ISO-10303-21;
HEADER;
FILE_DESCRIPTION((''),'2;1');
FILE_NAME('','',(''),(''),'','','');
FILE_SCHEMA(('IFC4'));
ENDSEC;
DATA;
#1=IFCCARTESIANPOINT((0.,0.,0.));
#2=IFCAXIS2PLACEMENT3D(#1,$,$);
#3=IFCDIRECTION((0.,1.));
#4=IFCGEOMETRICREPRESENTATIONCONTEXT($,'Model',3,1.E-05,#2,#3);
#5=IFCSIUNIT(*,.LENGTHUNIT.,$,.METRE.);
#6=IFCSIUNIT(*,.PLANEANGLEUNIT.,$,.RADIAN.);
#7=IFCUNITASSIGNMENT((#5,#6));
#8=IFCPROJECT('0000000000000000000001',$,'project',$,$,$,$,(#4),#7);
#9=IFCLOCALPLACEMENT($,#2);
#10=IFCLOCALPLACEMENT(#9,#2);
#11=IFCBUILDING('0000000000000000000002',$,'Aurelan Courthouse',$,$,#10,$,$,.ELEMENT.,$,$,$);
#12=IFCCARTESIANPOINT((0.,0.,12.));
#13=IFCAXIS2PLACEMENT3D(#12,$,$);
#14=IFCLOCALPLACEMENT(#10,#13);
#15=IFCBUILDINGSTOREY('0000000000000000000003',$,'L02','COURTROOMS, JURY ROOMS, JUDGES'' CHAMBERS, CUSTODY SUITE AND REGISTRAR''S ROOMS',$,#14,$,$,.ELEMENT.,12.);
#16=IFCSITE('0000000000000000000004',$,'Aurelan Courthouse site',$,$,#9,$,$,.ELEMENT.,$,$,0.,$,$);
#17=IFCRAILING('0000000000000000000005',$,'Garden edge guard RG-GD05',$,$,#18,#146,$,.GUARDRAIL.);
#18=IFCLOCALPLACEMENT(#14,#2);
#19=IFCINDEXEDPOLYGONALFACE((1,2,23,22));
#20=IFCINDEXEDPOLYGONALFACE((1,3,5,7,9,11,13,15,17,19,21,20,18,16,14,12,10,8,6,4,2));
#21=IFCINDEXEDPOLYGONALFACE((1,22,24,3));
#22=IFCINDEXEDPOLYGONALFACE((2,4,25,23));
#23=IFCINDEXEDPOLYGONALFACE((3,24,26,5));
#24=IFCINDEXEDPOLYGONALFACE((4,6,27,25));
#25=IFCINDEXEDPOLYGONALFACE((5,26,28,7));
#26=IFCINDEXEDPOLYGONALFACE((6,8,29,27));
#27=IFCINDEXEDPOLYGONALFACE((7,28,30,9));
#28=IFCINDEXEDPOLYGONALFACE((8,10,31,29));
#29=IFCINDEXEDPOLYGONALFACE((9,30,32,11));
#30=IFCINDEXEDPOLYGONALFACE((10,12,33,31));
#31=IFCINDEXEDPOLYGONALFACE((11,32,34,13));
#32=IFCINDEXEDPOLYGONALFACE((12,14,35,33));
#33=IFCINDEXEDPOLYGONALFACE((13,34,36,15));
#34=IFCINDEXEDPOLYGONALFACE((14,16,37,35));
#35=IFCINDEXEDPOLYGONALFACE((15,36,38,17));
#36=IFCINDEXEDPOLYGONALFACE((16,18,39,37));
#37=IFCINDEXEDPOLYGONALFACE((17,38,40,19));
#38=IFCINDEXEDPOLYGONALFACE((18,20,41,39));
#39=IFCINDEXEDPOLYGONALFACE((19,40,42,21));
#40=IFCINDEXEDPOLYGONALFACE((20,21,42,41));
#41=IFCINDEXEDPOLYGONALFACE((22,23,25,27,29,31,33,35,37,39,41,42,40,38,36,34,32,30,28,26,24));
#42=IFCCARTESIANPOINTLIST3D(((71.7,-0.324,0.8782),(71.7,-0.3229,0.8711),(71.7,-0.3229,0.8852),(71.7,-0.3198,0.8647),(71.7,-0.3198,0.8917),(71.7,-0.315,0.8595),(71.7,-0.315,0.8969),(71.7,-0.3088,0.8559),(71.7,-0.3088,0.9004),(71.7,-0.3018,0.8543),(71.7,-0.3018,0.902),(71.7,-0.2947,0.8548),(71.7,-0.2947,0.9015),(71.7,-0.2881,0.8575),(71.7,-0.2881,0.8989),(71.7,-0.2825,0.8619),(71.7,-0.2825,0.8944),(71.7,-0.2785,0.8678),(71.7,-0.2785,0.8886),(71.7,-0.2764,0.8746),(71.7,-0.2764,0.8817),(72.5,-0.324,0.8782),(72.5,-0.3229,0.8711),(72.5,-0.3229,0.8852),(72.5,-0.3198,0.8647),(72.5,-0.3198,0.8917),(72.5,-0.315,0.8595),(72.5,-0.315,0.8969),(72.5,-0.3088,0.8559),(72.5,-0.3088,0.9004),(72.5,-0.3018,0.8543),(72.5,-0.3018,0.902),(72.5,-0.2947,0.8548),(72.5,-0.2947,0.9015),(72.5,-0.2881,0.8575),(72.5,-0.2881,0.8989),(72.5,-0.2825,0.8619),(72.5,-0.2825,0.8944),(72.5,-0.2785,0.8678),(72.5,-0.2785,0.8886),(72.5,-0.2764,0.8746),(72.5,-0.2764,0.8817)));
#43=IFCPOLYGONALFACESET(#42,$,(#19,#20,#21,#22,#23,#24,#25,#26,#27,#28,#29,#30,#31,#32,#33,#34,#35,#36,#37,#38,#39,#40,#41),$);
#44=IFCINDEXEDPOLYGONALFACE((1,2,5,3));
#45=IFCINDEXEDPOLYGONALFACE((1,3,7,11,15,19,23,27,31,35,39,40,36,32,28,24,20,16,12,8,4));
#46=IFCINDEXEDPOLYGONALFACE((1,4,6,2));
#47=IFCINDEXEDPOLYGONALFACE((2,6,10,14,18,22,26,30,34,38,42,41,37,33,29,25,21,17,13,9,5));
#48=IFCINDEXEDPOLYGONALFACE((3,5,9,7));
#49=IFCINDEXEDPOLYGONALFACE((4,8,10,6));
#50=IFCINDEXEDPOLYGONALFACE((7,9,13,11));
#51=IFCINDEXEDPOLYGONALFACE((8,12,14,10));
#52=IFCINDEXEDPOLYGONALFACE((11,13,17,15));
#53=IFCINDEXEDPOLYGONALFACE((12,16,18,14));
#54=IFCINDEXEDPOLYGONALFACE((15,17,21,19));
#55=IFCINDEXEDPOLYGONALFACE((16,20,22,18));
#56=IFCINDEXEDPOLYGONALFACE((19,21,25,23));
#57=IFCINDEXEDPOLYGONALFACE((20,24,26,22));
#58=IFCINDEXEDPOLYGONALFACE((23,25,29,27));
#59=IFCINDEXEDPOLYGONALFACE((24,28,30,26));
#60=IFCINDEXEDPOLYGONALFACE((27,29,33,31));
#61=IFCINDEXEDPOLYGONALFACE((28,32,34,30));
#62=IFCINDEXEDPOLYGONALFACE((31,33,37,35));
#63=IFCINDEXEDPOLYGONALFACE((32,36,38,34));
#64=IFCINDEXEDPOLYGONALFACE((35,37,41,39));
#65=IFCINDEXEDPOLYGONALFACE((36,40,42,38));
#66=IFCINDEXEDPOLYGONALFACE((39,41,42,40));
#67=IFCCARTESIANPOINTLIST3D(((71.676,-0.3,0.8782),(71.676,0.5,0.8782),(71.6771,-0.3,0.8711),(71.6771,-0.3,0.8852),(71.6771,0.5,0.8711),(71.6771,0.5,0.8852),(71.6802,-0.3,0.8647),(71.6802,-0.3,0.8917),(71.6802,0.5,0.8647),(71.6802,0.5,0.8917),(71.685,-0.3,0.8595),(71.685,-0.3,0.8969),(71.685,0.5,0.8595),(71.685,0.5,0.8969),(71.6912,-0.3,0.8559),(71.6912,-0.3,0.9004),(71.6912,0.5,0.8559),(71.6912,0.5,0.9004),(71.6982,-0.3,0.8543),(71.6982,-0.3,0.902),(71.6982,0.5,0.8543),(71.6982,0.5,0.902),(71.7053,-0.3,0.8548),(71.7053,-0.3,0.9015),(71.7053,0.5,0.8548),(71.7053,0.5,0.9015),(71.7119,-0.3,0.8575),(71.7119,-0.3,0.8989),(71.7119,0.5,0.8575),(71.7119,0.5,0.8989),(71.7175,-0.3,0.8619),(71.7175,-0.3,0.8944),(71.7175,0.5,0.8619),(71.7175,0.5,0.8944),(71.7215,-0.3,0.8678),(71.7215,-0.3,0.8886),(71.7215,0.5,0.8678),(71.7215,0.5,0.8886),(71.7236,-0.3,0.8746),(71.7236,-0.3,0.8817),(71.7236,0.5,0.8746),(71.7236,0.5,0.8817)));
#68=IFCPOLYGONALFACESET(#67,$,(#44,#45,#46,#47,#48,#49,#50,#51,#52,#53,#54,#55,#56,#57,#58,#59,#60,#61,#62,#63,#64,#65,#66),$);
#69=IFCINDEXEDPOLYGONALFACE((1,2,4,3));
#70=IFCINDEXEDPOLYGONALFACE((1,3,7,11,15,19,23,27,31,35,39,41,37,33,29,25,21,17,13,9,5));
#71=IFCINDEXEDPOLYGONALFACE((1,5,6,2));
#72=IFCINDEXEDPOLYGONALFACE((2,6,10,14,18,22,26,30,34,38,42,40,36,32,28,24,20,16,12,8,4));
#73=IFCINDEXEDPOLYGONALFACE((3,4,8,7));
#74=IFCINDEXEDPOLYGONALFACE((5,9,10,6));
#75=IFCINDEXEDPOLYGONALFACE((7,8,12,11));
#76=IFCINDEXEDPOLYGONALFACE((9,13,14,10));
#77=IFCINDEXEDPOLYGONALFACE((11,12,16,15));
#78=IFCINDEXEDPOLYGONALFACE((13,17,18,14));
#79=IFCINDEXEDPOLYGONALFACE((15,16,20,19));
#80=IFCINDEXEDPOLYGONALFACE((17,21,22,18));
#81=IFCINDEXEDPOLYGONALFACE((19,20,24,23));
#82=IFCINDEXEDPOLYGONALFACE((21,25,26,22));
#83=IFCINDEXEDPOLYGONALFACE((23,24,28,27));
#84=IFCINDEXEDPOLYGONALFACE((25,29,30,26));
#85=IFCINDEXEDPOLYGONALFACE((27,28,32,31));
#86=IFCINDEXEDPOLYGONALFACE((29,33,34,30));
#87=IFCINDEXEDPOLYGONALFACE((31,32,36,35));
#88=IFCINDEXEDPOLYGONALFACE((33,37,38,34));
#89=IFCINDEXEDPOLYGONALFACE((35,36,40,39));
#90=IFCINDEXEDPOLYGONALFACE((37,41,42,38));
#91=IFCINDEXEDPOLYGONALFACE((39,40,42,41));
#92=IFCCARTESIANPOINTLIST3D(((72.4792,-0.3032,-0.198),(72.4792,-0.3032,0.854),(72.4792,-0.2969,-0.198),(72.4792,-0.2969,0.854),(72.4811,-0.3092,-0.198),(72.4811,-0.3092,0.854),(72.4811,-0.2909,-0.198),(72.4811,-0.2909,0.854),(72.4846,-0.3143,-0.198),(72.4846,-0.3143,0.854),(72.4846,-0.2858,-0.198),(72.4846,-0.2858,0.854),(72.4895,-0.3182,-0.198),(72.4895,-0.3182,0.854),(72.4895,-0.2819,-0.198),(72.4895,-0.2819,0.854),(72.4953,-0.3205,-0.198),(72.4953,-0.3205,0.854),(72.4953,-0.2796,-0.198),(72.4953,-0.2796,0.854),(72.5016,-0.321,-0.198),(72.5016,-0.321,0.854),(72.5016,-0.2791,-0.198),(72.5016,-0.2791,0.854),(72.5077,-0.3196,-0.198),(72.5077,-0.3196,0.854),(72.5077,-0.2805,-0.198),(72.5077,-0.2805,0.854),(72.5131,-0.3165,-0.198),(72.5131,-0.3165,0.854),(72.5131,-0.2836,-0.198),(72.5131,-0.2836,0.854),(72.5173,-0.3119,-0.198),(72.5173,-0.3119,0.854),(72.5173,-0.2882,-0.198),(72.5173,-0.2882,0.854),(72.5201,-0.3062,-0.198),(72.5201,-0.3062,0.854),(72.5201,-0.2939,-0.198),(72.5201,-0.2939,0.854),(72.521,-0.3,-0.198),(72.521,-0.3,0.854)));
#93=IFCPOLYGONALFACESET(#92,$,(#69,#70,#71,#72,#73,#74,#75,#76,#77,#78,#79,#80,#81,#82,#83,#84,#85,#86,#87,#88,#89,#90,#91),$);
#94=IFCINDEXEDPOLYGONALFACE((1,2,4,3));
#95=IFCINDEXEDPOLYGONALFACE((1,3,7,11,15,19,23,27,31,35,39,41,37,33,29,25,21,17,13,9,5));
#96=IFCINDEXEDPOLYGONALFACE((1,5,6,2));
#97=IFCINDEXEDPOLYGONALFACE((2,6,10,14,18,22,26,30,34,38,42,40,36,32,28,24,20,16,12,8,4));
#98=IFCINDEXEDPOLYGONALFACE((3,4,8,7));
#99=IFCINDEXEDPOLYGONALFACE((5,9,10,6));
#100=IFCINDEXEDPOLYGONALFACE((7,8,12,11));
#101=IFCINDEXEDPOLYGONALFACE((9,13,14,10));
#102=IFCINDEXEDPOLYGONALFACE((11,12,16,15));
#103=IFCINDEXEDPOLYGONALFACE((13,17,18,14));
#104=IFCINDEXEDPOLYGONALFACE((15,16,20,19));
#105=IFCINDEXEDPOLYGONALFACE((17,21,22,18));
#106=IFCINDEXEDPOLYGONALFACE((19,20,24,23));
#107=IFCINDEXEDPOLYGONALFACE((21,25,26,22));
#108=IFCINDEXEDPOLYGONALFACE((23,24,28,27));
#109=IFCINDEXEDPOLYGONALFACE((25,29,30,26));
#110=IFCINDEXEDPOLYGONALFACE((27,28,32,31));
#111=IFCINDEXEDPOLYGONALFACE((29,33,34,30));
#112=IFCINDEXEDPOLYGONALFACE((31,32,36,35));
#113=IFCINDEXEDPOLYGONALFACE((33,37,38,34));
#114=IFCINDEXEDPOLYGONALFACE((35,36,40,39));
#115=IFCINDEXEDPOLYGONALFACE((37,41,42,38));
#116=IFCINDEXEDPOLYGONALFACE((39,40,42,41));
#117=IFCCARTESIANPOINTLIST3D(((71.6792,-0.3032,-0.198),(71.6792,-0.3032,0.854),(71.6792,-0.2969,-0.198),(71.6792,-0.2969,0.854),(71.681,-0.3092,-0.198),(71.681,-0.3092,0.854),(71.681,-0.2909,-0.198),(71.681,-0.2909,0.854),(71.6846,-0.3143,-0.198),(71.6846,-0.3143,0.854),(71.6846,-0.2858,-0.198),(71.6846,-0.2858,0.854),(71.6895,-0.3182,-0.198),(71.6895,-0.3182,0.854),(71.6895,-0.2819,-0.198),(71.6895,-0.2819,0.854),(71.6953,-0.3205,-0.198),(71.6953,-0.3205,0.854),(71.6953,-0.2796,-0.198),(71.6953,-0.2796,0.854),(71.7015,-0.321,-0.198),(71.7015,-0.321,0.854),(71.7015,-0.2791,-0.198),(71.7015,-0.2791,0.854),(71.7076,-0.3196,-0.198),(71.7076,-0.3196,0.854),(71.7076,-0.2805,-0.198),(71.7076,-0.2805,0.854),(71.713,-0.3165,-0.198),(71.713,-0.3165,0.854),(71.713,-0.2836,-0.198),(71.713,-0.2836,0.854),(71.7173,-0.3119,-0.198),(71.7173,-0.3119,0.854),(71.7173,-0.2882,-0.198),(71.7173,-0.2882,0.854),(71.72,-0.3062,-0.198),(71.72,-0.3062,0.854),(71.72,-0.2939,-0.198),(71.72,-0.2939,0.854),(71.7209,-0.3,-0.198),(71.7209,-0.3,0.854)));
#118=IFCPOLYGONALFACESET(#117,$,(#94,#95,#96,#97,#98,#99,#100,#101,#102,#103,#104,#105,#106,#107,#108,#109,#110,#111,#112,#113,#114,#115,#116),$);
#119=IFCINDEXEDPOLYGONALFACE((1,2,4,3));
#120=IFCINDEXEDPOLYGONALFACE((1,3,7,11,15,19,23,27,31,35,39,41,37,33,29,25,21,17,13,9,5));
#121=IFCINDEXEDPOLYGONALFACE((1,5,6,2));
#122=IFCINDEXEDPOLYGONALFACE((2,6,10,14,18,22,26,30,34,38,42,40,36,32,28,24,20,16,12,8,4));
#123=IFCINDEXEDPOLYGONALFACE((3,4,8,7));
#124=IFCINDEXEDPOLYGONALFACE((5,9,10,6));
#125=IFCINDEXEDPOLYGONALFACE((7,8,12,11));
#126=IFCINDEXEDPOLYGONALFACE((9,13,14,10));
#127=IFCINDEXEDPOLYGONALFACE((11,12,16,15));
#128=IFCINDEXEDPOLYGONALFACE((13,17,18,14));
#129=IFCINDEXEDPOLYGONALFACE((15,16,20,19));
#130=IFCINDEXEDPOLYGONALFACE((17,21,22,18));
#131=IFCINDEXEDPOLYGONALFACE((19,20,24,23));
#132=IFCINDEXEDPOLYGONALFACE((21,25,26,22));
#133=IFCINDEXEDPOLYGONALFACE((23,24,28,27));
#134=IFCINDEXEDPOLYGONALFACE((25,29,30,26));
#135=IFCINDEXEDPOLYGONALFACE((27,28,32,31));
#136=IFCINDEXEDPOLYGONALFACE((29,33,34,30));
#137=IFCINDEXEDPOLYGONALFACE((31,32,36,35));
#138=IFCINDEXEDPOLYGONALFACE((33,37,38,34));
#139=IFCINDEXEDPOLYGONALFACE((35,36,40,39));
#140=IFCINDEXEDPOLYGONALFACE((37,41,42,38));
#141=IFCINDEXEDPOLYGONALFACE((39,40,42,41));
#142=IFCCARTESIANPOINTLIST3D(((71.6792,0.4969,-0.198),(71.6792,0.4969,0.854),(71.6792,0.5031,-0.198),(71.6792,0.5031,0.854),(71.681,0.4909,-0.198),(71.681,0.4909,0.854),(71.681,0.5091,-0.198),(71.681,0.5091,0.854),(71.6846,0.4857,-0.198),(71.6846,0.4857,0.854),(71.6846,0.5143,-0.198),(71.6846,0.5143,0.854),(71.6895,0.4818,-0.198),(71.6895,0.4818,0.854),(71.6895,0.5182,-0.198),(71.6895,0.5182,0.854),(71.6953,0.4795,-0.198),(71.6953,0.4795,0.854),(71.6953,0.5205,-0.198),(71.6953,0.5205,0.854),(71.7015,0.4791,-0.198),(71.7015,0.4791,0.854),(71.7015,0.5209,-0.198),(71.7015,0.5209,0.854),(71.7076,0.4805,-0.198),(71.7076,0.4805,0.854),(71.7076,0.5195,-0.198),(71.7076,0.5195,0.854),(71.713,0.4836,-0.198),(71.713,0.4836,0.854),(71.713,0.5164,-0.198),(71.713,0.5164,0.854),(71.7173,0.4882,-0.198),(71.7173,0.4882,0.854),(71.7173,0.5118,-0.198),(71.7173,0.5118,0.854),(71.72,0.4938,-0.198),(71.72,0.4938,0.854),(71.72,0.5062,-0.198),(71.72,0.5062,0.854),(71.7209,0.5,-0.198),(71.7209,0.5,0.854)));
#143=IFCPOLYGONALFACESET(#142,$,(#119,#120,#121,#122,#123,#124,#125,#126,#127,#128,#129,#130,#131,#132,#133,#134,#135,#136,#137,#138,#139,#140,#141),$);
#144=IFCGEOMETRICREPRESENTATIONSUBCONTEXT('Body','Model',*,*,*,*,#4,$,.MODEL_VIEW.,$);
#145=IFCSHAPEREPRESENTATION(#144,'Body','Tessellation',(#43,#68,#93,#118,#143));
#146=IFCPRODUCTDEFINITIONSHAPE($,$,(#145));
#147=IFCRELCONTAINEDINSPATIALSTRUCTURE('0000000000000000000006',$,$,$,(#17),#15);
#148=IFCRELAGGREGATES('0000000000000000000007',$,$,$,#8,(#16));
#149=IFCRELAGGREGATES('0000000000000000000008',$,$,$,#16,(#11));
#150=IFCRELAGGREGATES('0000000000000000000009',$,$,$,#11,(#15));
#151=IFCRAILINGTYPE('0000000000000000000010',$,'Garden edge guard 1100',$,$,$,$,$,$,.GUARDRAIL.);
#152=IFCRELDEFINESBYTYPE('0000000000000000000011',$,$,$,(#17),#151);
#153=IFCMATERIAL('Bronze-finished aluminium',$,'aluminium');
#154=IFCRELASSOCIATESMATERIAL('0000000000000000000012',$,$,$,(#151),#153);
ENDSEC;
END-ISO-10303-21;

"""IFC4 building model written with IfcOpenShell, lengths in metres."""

from ifc_helpers import new_model, si_unit, direction, frame, origin, origin_2d, place, context, subcontext, project, spatial, circle, extrude, material, type_object, element, save


model = new_model("IFC4")

# Units and contexts
model_context = context("Model", 3, precision=1e-05, world=origin(), true_north=direction((0.0, 1.0)))
body_context = subcontext(model_context, "Body", "Model", "MODEL_VIEW")
ifc_project = project(units=[si_unit("LENGTHUNIT", "METRE"), si_unit("PLANEANGLEUNIT", "RADIAN")], contexts=[model_context])

# Site, building, storey
site_placement = place(None, origin())
site = spatial("IfcSite", under=ifc_project, at=site_placement, Name="Aurelan Courthouse site", CompositionType="ELEMENT", RefElevation=0.0)
building_placement = place(site_placement, origin())
building = spatial("IfcBuilding", under=site, at=building_placement, Name="Aurelan Courthouse", CompositionType="ELEMENT")
storey_placement = place(building_placement, frame((0.0, 0.0, 12.0)))
storey = spatial("IfcBuildingStorey", under=building, at=storey_placement, Name="L02", Description="COURTROOMS, JURY ROOMS, JUDGES' CHAMBERS, CUSTODY SUITE AND REGISTRAR'S ROOMS", CompositionType="ELEMENT", Elevation=12.0)

# Shared definitions
ifc_material_1 = material(Name="Bronze-finished aluminium", Category="aluminium")

# Railing
railing_type_1 = type_object("IfcRailingType", Name="Garden edge guard 1100", PredefinedType="GUARDRAIL", material=ifc_material_1)
railing_1_placement = place(storey_placement, frame((72.5, -0.3, -0.198)))
element("IfcRailing", 1, at=railing_1_placement, inside=storey, type_object=railing_type_1, Name="Garden edge guard RG-GD05", PredefinedType="GUARDRAIL", context=body_context, shape_type="SweptSolid", body=[
    extrude(circle(Radius=0.0239, at=origin_2d()), frame((0.0, 0.0, 1.0762), z_axis=(-1.0, 0.0, 0.0), x_axis=(0.0, -1.0, 0.0)), (0.0, 0.0, 1.0), 0.8),
    extrude(circle(Radius=0.0239, at=origin_2d()), frame((-0.8, 0.0, 1.0762), z_axis=(0.0, 1.0, 0.0), x_axis=(-1.0, 0.0, 0.0)), (0.0, 0.0, 1.0), 0.8),
    extrude(circle(Radius=0.021, at=origin_2d()), origin(), (0.0, 0.0, 1.0), 1.052),
    extrude(circle(Radius=0.021, at=origin_2d()), frame((-0.8, 0.0, 0.0)), (0.0, 0.0, 1.0), 1.052),
    extrude(circle(Radius=0.021, at=origin_2d()), frame((-0.8, 0.8, 0.0)), (0.0, 0.0, 1.0), 1.052),
])

save(model, "model.ifc")
